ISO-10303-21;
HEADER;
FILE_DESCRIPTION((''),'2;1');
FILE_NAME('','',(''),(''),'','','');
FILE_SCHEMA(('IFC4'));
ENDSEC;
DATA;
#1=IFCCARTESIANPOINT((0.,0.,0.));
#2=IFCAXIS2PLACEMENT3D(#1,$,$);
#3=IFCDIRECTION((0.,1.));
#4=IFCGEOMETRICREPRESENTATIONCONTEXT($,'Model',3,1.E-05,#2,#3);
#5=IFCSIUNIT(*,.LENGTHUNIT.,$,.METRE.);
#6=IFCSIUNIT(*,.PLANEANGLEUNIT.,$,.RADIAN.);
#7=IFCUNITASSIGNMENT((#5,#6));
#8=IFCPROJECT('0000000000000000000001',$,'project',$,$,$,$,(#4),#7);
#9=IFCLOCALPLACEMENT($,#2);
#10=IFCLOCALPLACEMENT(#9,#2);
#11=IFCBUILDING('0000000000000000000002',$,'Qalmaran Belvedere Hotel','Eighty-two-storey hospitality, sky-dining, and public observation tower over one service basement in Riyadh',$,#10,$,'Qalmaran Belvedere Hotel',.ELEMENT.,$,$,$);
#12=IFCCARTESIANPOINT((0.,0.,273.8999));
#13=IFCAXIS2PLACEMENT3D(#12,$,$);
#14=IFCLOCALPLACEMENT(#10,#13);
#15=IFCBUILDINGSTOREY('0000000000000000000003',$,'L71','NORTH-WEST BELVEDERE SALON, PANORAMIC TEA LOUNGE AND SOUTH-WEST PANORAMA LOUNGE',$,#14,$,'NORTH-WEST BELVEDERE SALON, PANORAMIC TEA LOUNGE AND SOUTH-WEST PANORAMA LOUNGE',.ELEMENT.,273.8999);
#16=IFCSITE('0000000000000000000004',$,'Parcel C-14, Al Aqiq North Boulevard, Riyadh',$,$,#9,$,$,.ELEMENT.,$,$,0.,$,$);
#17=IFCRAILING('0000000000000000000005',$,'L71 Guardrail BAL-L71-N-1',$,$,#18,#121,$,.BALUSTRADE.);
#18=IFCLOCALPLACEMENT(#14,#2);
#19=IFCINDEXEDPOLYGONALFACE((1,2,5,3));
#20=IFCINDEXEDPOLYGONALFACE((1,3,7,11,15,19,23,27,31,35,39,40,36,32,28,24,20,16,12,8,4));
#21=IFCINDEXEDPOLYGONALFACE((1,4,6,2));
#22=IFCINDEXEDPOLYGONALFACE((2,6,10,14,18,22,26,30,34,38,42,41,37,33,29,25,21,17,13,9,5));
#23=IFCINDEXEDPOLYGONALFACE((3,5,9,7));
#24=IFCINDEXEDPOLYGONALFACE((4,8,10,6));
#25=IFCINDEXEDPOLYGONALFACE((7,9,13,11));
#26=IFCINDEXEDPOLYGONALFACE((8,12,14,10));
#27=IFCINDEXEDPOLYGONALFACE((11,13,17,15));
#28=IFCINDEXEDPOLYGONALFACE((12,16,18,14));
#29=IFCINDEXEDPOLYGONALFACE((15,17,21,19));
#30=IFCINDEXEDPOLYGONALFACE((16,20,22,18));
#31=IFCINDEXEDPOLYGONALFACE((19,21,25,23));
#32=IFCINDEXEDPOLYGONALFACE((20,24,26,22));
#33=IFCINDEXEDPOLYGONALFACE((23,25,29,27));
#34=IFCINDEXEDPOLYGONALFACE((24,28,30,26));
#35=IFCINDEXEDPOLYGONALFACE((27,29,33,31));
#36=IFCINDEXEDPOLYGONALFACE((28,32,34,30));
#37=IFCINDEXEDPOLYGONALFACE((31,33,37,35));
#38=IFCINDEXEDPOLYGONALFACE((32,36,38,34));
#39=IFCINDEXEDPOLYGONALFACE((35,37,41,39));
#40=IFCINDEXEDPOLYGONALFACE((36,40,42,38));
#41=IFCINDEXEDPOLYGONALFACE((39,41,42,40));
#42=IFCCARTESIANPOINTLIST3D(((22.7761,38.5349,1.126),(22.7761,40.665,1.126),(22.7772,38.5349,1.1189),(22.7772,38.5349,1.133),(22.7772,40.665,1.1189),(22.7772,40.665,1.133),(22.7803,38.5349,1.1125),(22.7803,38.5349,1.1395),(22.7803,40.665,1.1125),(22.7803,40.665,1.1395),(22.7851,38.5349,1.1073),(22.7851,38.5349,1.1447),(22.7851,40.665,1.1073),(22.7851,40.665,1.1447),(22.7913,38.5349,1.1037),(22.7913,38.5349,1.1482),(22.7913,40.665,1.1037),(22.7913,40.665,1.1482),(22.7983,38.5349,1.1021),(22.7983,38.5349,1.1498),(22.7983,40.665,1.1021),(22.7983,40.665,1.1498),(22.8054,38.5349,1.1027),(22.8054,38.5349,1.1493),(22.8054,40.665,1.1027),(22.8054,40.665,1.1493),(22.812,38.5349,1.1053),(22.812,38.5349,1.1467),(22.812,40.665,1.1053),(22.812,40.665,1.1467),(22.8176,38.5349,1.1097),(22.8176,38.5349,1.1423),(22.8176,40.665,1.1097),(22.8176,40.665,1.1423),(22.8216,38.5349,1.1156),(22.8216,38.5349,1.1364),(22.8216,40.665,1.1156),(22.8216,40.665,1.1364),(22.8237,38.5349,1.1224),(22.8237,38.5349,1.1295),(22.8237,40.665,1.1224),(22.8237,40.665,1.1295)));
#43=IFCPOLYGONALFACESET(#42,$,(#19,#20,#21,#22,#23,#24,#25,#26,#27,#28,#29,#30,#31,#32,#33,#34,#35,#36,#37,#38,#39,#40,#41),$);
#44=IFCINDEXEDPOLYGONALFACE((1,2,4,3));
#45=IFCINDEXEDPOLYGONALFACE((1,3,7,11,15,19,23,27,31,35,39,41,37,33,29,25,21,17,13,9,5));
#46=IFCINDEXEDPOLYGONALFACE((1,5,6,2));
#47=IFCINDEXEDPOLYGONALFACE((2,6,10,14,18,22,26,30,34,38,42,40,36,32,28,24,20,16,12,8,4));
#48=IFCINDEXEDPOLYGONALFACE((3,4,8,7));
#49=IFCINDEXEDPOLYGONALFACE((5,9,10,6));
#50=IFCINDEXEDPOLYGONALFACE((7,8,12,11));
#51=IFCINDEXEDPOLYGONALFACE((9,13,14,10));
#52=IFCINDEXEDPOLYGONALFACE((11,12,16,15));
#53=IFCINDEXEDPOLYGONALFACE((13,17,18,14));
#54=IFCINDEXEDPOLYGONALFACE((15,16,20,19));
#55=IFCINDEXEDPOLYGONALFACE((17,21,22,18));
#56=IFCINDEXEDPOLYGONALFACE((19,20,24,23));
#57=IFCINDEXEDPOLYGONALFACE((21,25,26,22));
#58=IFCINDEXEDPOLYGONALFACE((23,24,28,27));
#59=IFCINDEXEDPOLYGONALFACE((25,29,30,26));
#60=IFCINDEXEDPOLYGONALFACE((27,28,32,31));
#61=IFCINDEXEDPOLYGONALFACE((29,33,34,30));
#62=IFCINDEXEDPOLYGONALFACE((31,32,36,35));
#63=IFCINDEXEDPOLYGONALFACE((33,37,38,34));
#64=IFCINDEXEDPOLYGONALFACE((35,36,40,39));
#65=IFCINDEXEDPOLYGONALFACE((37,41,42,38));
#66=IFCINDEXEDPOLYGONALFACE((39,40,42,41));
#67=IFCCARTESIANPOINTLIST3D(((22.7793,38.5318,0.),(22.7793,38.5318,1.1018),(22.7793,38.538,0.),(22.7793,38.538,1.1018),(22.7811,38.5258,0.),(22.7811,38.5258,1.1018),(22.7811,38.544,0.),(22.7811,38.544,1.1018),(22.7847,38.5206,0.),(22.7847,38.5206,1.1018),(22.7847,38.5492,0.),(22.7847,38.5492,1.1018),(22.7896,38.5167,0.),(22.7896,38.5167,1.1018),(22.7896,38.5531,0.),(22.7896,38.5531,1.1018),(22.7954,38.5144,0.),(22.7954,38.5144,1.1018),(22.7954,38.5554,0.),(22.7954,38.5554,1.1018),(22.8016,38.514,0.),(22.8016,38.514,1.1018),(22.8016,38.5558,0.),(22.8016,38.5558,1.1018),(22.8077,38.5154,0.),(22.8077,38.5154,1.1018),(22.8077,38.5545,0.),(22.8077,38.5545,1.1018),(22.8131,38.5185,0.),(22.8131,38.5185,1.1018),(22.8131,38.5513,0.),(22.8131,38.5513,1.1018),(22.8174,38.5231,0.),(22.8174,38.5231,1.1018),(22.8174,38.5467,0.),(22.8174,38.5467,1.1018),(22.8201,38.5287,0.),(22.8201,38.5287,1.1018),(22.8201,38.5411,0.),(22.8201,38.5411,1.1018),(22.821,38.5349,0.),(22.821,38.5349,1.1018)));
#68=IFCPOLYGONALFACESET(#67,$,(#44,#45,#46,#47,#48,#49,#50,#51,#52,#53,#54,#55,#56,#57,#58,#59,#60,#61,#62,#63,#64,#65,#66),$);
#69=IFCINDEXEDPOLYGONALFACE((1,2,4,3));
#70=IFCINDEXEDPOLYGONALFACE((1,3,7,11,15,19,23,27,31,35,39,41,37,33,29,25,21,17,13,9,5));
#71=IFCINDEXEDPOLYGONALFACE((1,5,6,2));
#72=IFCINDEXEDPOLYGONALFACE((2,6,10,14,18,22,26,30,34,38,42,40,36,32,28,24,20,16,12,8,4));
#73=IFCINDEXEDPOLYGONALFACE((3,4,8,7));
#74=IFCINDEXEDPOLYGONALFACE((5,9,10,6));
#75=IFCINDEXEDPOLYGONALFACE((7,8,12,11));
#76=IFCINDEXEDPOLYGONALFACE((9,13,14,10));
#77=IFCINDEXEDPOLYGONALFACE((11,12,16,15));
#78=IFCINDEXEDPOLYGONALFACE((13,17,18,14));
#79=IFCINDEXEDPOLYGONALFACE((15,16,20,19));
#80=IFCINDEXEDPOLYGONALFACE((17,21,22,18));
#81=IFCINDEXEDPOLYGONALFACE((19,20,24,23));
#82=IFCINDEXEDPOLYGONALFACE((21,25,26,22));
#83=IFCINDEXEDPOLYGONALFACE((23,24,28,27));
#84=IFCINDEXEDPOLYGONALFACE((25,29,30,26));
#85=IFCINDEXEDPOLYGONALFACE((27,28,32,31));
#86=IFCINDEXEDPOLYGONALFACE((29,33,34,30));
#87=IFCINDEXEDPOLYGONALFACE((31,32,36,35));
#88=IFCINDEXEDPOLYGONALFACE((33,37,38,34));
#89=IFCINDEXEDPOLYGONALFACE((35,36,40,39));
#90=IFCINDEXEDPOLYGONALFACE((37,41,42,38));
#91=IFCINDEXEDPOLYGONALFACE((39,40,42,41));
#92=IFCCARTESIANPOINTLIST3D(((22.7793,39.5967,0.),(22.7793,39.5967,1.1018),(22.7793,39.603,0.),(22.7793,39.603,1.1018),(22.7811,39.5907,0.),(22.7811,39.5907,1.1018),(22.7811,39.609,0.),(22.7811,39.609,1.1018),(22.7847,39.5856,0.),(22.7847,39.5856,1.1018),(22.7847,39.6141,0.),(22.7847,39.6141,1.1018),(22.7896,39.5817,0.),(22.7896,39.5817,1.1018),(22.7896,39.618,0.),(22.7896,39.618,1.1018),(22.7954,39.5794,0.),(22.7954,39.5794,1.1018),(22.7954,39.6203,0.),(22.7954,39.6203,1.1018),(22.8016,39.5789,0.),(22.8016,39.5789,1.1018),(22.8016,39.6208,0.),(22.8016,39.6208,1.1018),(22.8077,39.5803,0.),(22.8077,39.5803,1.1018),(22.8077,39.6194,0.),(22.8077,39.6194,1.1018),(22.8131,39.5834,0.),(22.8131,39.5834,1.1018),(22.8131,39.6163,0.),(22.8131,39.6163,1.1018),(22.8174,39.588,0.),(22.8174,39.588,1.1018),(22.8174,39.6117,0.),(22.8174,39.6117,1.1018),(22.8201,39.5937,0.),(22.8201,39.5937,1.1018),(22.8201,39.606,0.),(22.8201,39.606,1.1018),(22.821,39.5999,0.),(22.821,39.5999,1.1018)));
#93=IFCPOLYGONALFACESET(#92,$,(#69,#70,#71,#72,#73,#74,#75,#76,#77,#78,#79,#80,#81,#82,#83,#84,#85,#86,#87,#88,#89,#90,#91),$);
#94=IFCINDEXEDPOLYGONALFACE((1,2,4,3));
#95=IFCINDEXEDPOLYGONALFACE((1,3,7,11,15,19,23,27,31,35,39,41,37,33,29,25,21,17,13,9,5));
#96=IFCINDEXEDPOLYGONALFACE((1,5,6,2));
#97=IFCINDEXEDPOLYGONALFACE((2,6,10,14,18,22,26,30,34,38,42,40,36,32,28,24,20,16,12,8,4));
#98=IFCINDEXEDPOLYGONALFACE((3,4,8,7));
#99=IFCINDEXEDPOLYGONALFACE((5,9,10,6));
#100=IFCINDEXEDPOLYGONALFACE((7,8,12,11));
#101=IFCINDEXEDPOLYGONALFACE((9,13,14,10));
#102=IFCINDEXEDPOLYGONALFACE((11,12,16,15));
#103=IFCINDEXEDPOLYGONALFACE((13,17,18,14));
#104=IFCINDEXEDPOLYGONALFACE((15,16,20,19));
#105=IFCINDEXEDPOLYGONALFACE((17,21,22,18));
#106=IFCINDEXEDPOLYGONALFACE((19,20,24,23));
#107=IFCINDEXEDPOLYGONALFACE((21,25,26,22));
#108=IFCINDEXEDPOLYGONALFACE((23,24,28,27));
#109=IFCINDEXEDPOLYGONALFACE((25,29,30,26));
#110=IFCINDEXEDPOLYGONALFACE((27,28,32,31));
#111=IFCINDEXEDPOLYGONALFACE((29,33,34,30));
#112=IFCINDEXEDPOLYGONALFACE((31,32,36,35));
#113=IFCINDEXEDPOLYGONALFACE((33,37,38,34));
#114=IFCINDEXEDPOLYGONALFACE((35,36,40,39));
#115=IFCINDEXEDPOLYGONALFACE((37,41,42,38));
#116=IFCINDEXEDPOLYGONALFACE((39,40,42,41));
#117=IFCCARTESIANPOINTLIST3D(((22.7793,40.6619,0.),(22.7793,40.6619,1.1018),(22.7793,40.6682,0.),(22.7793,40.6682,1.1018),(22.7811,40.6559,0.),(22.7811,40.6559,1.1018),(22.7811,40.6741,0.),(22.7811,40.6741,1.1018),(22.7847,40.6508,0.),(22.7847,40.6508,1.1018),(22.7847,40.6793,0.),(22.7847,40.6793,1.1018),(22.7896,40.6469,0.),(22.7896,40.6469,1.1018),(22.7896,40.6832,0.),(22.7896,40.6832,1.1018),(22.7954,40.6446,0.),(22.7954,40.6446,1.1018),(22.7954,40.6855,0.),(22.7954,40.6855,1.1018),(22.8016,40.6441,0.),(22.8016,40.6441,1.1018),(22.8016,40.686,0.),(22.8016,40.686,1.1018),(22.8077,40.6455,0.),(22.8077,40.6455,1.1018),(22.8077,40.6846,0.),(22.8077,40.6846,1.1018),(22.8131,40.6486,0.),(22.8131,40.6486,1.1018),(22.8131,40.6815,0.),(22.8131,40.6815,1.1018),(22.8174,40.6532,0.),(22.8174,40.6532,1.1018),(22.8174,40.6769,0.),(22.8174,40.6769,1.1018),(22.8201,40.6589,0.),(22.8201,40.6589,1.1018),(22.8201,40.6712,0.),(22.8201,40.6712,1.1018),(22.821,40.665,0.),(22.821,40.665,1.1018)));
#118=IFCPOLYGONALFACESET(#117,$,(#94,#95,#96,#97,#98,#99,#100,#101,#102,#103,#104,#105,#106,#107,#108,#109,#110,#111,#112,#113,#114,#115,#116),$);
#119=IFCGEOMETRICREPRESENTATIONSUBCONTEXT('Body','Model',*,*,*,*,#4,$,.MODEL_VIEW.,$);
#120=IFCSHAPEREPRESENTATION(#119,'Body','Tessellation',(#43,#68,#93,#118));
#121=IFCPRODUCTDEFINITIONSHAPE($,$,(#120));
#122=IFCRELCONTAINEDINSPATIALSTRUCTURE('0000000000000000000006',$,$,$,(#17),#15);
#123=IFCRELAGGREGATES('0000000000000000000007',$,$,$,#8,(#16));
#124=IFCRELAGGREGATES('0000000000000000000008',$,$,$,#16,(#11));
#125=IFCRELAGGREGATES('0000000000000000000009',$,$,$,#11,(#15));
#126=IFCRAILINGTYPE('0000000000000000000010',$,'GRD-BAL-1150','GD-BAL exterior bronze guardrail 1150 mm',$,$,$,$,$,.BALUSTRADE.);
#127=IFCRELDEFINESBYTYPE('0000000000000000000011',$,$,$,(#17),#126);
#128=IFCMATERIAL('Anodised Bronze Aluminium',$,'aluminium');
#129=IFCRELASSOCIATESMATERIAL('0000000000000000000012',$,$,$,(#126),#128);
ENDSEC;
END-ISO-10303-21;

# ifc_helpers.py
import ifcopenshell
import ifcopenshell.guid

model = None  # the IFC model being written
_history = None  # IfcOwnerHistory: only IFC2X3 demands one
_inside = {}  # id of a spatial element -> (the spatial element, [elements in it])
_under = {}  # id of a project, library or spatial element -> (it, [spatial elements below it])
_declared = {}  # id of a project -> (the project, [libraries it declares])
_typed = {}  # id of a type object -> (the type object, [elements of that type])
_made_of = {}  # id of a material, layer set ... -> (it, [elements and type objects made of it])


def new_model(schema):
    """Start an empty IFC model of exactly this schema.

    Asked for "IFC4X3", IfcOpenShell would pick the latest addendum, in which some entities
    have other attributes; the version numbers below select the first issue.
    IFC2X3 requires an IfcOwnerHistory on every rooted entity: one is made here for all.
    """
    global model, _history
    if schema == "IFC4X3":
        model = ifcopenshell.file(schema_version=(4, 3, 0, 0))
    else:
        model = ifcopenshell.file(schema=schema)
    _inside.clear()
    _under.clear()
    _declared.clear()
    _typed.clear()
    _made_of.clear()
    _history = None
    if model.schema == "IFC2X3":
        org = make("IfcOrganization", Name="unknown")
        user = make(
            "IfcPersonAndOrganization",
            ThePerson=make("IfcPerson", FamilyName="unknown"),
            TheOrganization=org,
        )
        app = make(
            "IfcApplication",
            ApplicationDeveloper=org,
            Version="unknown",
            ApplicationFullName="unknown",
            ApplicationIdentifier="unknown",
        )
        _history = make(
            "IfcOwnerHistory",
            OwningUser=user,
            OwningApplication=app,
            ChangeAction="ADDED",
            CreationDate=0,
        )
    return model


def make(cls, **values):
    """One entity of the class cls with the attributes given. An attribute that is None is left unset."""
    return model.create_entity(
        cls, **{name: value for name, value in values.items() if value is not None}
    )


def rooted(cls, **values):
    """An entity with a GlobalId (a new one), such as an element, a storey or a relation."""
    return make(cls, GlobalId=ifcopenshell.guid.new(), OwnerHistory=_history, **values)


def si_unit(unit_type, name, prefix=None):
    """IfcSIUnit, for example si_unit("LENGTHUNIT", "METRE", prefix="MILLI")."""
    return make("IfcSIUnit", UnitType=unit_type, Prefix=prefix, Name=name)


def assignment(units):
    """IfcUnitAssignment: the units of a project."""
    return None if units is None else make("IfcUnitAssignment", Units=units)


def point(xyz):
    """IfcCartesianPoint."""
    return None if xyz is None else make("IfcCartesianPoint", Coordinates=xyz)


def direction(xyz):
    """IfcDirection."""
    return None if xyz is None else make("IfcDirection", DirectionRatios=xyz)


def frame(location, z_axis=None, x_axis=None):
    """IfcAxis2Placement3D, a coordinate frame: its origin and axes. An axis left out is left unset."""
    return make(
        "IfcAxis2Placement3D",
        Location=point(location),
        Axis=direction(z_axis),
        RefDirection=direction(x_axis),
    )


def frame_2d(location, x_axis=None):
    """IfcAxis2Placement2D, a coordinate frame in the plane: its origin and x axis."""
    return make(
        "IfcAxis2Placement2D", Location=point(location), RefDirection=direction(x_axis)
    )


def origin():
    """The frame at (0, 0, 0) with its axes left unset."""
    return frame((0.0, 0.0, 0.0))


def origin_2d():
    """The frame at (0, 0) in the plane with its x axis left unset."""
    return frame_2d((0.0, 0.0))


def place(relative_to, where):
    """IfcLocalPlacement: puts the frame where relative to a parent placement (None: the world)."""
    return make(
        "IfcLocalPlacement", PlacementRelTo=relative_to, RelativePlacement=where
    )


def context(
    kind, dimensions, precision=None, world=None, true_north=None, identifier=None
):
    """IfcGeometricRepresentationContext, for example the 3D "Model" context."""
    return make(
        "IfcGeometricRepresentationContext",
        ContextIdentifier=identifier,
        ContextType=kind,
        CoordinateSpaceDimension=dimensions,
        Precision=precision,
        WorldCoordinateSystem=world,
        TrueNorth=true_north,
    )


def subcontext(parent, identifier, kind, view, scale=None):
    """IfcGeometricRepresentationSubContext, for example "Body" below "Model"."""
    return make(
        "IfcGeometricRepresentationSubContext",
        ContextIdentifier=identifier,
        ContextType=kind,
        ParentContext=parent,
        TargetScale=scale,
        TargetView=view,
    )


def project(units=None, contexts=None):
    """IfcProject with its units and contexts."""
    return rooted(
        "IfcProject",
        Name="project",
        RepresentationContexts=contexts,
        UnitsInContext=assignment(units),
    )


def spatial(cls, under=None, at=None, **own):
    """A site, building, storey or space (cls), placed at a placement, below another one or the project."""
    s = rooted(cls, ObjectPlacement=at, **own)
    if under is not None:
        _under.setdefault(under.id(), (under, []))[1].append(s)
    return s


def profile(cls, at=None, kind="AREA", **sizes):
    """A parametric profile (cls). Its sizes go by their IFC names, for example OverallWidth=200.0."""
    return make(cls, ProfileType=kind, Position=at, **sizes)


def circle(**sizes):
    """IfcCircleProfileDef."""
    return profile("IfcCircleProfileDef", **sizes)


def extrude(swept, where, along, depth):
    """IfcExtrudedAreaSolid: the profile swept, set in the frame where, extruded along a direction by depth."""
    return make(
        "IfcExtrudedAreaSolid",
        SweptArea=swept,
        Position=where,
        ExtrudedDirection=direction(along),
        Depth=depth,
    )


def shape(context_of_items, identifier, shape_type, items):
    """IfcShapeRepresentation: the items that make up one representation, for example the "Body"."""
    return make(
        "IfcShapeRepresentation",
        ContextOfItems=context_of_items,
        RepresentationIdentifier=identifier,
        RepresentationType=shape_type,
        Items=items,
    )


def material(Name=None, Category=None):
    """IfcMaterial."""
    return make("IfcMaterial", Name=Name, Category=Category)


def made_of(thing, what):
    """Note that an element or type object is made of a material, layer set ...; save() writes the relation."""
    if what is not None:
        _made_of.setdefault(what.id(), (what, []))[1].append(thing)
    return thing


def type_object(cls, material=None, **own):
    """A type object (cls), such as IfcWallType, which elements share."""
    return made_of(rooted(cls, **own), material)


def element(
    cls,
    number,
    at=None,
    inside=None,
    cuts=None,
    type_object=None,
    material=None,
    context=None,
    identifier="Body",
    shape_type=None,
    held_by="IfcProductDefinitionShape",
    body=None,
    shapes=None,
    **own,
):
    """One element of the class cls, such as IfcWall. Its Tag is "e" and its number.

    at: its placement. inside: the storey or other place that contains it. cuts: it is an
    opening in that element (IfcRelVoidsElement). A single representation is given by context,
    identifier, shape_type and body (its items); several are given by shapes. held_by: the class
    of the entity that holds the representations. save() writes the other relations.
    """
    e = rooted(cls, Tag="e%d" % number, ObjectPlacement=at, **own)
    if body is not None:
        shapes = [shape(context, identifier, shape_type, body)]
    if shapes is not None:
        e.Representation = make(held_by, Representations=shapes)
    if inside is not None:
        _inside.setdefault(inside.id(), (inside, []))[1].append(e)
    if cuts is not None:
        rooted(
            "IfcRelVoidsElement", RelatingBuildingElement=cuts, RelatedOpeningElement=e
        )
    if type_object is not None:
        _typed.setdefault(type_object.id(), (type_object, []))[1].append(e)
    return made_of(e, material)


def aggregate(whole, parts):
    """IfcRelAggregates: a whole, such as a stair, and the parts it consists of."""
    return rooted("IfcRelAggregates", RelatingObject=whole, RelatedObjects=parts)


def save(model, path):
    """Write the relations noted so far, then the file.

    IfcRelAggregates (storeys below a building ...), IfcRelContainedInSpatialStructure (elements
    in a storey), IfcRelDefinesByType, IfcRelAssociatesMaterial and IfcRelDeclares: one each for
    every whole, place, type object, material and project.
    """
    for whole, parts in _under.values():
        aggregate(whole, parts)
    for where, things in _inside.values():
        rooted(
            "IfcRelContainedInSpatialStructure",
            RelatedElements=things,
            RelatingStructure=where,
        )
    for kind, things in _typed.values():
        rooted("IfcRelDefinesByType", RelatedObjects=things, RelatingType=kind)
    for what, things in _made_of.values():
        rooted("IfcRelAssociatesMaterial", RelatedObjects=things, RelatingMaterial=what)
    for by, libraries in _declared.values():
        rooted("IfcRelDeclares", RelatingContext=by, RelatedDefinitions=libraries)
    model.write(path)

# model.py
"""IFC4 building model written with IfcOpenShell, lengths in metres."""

from ifc_helpers import new_model, si_unit, direction, frame, origin, origin_2d, place, context, subcontext, project, spatial, circle, extrude, material, type_object, element, save


model = new_model("IFC4")

# Units and contexts
model_context = context("Model", 3, precision=1e-05, world=origin(), true_north=direction((0.0, 1.0)))
body_context = subcontext(model_context, "Body", "Model", "MODEL_VIEW")
ifc_project = project(units=[si_unit("LENGTHUNIT", "METRE"), si_unit("PLANEANGLEUNIT", "RADIAN")], contexts=[model_context])

# Site, building, storey
site_placement = place(None, origin())
site = spatial("IfcSite", under=ifc_project, at=site_placement, Name="Parcel C-14, Al Aqiq North Boulevard, Riyadh", CompositionType="ELEMENT", RefElevation=0.0)
building_placement = place(site_placement, origin())
building = spatial("IfcBuilding", under=site, at=building_placement, Name="Qalmaran Belvedere Hotel", Description="Eighty-two-storey hospitality, sky-dining, and public observation tower over one service basement in Riyadh", LongName="Qalmaran Belvedere Hotel", CompositionType="ELEMENT")
storey_placement = place(building_placement, frame((0.0, 0.0, 273.8999)))
storey = spatial("IfcBuildingStorey", under=building, at=storey_placement, Name="L71", Description="NORTH-WEST BELVEDERE SALON, PANORAMIC TEA LOUNGE AND SOUTH-WEST PANORAMA LOUNGE", LongName="NORTH-WEST BELVEDERE SALON, PANORAMIC TEA LOUNGE AND SOUTH-WEST PANORAMA LOUNGE", CompositionType="ELEMENT", Elevation=273.8999)

# Shared definitions
ifc_material_1 = material(Name="Anodised Bronze Aluminium", Category="aluminium")

# Railing
railing_type = type_object("IfcRailingType", Name="GRD-BAL-1150", Description="GD-BAL exterior bronze guardrail 1150 mm", PredefinedType="BALUSTRADE", material=ifc_material_1)
railing_1_placement = place(storey_placement, frame((22.8, 38.5349, 0.0)))
element("IfcRailing", 1, at=railing_1_placement, inside=storey, type_object=railing_type, Name="L71 Guardrail BAL-L71-N-1", PredefinedType="BALUSTRADE", context=body_context, shape_type="SweptSolid", body=[
    extrude(circle(Radius=0.0239, at=origin_2d()), frame((0.0, 0.0, 1.126), z_axis=(0.0, 1.0, 0.0), x_axis=(-1.0, 0.0, 0.0)), (0.0, 0.0, 1.0), 2.1301),
    extrude(circle(Radius=0.021, at=origin_2d()), origin(), (0.0, 0.0, 1.0), 1.1018),
    extrude(circle(Radius=0.021, at=origin_2d()), frame((0.0, 1.0649, 0.0)), (0.0, 0.0, 1.0), 1.1018),
    extrude(circle(Radius=0.021, at=origin_2d()), frame((0.0, 2.1301, 0.0)), (0.0, 0.0, 1.0), 1.1018),
])

save(model, "model.ifc")
